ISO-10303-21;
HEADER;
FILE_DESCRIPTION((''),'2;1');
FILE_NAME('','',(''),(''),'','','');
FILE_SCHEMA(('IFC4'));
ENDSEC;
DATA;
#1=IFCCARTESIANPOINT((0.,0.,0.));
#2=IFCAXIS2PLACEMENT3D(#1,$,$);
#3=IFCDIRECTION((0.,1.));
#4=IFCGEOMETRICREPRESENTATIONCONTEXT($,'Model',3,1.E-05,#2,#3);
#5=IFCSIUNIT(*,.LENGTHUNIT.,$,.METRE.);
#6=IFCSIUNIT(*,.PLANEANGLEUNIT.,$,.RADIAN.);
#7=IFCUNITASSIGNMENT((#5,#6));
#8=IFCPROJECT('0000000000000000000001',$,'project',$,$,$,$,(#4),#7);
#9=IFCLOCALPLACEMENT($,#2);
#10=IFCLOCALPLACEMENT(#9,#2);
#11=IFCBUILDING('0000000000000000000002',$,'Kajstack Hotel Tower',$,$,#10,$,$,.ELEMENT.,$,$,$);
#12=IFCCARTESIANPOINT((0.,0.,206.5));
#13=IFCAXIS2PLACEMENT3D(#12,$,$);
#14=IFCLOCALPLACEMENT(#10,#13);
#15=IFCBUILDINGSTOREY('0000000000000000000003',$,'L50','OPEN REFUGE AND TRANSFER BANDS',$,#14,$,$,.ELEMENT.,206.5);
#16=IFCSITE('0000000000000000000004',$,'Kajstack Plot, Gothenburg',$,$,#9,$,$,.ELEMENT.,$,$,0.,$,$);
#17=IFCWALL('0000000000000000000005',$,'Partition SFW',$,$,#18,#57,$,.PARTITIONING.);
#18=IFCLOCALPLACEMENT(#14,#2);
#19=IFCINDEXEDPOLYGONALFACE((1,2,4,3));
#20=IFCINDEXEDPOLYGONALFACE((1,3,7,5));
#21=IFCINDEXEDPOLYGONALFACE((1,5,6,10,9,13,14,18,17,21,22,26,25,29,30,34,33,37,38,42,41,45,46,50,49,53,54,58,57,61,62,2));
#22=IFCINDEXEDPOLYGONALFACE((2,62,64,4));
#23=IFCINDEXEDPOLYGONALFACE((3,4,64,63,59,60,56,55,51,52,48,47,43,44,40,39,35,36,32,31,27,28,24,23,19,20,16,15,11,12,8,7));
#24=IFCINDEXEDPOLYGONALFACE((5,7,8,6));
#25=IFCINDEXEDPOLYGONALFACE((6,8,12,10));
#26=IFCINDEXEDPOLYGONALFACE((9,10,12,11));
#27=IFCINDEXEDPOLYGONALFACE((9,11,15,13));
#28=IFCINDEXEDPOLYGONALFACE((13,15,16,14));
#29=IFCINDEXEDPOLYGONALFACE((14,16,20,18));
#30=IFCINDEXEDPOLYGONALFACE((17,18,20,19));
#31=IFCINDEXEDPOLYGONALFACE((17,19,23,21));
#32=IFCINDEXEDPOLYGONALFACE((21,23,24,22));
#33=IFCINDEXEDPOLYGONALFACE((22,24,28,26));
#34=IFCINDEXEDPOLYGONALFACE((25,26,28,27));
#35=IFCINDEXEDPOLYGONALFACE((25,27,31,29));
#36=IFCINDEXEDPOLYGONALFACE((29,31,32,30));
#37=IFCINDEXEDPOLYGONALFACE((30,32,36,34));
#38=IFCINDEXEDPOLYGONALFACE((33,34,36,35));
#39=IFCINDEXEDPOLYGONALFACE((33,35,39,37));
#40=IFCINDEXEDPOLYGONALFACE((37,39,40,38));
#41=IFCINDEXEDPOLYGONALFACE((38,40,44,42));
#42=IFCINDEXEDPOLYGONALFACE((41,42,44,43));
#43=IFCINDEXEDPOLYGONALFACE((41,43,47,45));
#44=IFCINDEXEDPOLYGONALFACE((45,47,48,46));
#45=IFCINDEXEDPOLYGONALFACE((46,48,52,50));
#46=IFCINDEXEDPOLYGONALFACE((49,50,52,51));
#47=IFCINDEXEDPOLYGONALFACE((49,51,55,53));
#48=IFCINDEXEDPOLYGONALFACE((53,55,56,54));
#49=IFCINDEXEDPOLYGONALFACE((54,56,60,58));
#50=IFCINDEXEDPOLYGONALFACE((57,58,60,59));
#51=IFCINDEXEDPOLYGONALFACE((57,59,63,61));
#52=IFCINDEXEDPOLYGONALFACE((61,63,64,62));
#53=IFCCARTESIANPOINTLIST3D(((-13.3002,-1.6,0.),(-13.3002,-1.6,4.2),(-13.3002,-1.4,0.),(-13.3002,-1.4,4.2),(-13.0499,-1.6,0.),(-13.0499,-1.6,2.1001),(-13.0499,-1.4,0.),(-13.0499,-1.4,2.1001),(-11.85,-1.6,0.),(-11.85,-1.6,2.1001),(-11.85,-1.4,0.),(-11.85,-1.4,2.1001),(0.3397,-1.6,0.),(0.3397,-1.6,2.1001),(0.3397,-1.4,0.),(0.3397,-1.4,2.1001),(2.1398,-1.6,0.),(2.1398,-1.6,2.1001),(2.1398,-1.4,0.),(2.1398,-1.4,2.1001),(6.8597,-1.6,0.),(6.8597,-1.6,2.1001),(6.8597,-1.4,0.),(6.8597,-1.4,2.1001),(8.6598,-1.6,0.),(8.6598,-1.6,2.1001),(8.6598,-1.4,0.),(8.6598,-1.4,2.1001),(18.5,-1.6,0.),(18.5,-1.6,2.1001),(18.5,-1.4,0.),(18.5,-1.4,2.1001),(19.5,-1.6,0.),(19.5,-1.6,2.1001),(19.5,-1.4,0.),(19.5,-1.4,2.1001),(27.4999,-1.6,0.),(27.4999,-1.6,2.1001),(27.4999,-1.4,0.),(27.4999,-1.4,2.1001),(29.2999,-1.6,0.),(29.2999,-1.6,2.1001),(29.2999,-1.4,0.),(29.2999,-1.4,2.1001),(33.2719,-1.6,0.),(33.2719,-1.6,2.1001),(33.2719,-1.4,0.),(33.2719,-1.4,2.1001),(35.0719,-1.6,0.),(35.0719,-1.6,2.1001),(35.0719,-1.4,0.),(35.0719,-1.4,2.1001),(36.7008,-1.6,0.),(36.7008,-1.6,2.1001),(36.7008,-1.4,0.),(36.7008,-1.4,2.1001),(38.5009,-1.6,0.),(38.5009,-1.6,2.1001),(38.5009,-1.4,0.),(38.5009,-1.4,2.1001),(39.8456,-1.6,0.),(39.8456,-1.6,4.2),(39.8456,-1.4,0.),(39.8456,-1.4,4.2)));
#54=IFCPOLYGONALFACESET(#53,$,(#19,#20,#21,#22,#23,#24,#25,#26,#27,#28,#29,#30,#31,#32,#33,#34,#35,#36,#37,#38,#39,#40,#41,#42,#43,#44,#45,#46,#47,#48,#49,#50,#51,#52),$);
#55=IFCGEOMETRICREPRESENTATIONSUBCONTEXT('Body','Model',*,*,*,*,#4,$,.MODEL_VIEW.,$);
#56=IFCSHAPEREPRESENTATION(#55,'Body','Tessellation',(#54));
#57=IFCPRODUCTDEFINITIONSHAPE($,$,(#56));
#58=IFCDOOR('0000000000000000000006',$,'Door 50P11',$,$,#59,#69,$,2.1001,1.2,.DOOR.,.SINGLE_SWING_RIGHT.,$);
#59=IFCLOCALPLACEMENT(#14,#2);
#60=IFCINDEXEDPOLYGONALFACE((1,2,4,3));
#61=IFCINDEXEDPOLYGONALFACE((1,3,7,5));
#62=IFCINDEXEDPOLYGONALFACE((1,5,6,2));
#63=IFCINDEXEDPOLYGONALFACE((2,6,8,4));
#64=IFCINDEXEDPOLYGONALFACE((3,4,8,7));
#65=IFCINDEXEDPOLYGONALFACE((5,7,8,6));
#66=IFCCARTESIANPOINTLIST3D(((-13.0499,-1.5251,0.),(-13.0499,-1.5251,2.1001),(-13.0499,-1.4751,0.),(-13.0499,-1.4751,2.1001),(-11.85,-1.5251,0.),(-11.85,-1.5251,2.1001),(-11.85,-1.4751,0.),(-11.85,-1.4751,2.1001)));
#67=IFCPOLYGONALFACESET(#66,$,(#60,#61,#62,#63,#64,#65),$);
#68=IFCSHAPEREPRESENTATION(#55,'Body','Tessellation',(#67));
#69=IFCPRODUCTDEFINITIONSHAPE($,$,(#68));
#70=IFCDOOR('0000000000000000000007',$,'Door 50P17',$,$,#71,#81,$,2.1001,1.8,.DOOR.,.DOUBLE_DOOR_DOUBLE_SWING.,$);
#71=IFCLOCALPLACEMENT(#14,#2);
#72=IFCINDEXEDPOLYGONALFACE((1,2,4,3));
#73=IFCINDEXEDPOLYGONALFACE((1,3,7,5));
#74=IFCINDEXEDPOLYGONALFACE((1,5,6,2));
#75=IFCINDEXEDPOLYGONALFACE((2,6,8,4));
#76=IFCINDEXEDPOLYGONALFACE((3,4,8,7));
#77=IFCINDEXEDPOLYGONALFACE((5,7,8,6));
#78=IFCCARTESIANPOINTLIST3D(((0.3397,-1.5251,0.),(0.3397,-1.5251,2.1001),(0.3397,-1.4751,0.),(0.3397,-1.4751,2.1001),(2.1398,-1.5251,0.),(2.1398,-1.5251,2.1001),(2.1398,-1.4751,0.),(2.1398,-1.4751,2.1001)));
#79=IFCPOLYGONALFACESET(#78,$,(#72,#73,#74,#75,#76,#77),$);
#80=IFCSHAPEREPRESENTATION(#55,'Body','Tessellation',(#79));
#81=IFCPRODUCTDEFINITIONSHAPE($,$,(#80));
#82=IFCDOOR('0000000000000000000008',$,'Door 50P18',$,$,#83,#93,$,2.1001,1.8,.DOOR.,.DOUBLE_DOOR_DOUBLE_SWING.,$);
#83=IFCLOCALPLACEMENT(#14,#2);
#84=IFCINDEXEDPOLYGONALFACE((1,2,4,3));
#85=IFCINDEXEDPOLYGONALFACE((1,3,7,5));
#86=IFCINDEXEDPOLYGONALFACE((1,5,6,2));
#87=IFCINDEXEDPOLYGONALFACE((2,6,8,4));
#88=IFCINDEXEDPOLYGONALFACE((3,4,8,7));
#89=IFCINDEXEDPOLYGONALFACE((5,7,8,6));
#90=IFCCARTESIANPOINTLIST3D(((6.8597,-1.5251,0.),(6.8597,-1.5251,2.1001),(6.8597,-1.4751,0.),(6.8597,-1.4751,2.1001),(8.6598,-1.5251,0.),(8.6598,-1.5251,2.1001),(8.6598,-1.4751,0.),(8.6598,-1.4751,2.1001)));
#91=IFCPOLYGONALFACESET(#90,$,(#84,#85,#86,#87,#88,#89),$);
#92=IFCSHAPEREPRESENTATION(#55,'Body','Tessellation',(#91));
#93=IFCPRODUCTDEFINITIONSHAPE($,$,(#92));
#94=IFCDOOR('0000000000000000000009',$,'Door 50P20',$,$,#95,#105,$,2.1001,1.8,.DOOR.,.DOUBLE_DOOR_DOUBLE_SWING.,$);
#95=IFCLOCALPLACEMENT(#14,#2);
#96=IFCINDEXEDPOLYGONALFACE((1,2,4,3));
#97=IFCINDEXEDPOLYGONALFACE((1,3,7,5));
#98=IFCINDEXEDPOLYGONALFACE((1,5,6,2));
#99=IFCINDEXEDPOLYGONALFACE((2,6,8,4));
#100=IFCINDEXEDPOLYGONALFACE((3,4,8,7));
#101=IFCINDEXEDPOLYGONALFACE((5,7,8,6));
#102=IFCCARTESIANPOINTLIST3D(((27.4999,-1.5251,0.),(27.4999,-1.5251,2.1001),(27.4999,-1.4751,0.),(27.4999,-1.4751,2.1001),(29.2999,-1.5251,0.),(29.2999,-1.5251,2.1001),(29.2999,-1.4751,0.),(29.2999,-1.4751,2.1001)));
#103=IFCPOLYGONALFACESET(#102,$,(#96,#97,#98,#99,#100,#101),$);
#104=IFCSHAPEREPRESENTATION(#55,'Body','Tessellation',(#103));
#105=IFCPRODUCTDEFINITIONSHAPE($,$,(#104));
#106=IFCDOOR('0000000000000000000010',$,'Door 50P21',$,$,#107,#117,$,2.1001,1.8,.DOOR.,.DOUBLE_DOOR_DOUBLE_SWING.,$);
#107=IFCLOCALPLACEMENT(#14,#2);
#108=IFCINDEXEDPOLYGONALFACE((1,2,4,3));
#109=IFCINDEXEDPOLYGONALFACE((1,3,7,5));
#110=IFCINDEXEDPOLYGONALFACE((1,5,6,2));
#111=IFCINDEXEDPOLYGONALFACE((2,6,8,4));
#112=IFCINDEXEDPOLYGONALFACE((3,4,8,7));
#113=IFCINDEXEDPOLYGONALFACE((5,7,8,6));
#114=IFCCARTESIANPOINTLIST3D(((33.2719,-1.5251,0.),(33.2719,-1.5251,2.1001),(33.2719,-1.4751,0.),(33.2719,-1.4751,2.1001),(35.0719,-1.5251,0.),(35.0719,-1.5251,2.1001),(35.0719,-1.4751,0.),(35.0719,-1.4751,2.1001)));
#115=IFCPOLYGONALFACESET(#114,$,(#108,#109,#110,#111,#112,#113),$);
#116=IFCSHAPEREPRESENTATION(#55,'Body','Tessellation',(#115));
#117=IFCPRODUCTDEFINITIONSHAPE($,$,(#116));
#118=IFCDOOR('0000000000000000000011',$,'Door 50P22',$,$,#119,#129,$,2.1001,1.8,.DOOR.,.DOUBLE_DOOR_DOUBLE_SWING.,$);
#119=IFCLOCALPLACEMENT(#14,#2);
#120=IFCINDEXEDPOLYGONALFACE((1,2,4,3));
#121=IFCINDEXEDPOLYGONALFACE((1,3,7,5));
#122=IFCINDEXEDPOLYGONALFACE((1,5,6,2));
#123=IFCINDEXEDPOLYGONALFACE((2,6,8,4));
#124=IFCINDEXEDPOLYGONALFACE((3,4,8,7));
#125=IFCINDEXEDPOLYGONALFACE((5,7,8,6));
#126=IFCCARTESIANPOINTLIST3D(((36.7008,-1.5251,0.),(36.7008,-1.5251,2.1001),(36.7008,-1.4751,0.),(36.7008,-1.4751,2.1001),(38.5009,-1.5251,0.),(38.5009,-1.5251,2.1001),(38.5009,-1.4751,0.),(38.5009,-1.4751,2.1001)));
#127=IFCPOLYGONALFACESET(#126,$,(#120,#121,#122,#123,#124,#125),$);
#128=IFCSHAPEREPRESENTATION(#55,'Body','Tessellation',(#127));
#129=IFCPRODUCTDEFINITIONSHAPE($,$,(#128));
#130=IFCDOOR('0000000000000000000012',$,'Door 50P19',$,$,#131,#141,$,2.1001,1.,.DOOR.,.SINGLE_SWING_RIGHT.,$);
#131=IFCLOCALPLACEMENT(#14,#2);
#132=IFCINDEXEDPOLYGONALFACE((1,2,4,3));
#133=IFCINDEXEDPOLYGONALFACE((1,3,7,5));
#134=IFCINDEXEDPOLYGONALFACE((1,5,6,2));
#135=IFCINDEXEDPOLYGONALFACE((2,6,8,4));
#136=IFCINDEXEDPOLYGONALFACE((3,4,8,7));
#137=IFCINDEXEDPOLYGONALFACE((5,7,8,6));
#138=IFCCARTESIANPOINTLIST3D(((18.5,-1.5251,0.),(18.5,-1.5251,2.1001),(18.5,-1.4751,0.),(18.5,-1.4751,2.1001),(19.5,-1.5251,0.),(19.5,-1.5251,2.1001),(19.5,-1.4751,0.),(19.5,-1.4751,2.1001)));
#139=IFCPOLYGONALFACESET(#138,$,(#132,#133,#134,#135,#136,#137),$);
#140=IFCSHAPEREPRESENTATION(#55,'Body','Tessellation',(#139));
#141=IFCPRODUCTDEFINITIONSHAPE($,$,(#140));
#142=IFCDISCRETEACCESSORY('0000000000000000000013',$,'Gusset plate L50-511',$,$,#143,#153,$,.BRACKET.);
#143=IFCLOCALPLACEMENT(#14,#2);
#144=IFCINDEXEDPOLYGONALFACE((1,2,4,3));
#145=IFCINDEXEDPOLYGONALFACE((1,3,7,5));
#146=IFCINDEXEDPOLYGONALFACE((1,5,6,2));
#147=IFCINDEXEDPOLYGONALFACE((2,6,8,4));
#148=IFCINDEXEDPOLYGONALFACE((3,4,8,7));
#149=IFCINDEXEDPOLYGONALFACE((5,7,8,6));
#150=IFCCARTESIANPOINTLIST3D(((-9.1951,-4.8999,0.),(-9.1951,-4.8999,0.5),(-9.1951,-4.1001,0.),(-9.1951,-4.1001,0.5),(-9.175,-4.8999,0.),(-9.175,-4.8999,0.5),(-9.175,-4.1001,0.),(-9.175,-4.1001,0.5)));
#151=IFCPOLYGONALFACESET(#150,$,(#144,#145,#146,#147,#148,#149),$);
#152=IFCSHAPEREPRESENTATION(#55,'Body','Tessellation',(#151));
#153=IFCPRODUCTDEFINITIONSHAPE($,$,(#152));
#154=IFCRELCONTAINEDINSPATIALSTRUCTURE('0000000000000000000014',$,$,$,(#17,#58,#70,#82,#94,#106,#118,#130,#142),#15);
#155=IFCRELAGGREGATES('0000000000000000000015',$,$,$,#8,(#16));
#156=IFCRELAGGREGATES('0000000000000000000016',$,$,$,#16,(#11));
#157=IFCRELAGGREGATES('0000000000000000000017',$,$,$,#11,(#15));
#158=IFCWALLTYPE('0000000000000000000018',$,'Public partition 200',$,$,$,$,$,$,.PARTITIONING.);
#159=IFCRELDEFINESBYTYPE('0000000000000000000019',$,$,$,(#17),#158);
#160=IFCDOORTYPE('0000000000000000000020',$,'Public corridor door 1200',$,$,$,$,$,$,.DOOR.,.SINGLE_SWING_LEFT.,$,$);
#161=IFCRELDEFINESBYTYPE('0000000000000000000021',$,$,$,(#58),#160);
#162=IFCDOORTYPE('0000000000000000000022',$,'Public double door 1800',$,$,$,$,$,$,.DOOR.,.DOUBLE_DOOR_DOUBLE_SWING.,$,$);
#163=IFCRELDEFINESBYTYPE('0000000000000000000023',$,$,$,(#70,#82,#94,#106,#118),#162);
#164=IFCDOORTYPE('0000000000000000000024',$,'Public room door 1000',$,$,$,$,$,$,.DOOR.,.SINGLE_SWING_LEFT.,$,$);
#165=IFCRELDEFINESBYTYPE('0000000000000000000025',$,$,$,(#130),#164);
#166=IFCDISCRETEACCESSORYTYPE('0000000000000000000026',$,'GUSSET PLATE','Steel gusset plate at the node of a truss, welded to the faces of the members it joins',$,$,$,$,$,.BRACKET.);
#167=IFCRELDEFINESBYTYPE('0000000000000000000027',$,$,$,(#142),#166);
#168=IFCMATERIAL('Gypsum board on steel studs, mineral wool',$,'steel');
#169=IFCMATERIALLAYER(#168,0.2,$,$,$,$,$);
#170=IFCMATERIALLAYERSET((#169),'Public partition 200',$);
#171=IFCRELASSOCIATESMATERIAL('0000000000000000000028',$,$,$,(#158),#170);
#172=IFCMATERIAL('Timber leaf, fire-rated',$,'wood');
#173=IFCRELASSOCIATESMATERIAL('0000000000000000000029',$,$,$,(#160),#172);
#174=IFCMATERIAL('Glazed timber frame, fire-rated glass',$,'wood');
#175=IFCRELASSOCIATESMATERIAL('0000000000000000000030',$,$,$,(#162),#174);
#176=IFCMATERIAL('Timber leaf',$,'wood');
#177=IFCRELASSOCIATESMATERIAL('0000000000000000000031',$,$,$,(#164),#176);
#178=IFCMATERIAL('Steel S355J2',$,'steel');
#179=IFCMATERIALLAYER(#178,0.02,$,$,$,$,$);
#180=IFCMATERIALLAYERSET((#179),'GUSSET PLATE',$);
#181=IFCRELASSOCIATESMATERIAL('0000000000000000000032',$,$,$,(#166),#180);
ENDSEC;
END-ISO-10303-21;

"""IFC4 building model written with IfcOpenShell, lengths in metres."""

from ifc_helpers import new_model, si_unit, direction, frame, frame_2d, origin, place, context, subcontext, project, spatial, polyline, rectangle, outline, extrude, material, layer, layer_set, type_object, element, fill, save


model = new_model("IFC4")

# Units and contexts
model_context = context("Model", 3, precision=1e-05, world=origin(), true_north=direction((0.0, 1.0)))
body_context = subcontext(model_context, "Body", "Model", "MODEL_VIEW")
ifc_project = project(units=[si_unit("LENGTHUNIT", "METRE"), si_unit("PLANEANGLEUNIT", "RADIAN")], contexts=[model_context])

# Site, building, storey
site_placement = place(None, origin())
site = spatial("IfcSite", under=ifc_project, at=site_placement, Name="Kajstack Plot, Gothenburg", CompositionType="ELEMENT", RefElevation=0.0)
building_placement = place(site_placement, origin())
building = spatial("IfcBuilding", under=site, at=building_placement, Name="Kajstack Hotel Tower", CompositionType="ELEMENT")
storey_placement = place(building_placement, frame((0.0, 0.0, 206.5)))
storey = spatial("IfcBuildingStorey", under=building, at=storey_placement, Name="L50", Description="OPEN REFUGE AND TRANSFER BANDS", CompositionType="ELEMENT", Elevation=206.5)

# Shared definitions
ifc_material_1 = material(Name="Steel S355J2", Category="steel")

# Shared definitions
ifc_material_2 = material(Name="Gypsum board on steel studs, mineral wool", Category="steel")
ifc_layer_1 = layer(ifc_material_2, 0.2)
ifc_layer_set_1 = layer_set([ifc_layer_1], Name="Public partition 200")
wall_type = type_object("IfcWallType", Name="Public partition 200", PredefinedType="PARTITIONING", material=ifc_layer_set_1)

# Wall, openings, doors
wall_1_placement = place(storey_placement, frame((-13.3, -1.5, 0.0), z_axis=(0.0, 0.0, 1.0), x_axis=(1.0, 0.0, 0.0)))
wall_1 = element("IfcWall", 1, at=wall_1_placement, inside=storey, type_object=wall_type, Name="Partition SFW", PredefinedType="PARTITIONING", context=body_context, shape_type="SweptSolid", body=[
    extrude(rectangle(XDim=53.1458, YDim=0.2, at=frame_2d((26.5728, 0.0))), origin(), (0.0, 0.0, 1.0), 4.2),
])
opening_1_placement = place(wall_1_placement, frame((0.25, 0.0, 0.0)))
opening_1 = element("IfcOpeningElement", 2, at=opening_1_placement, cuts=wall_1, PredefinedType="OPENING", context=body_context, shape_type="SweptSolid", body=[
    extrude(rectangle(XDim=1.2, YDim=2.1001, at=frame_2d((0.6001, 1.05))), frame((0.0, 0.1099, 0.0), z_axis=(0.0, -1.0, 0.0), x_axis=(1.0, 0.0, 0.0)), (0.0, 0.0, 1.0), 0.22),
])
opening_2_placement = place(wall_1_placement, frame((13.6399, 0.0, 0.0)))
opening_2 = element("IfcOpeningElement", 3, at=opening_2_placement, cuts=wall_1, PredefinedType="OPENING", context=body_context, shape_type="SweptSolid", body=[
    extrude(rectangle(XDim=1.8, YDim=2.1001, at=frame_2d((0.8999, 1.05))), frame((0.0, 0.1099, 0.0), z_axis=(0.0, -1.0, 0.0), x_axis=(1.0, 0.0, 0.0)), (0.0, 0.0, 1.0), 0.22),
])
opening_3_placement = place(wall_1_placement, frame((20.1599, 0.0, 0.0)))
opening_3 = element("IfcOpeningElement", 4, at=opening_3_placement, cuts=wall_1, PredefinedType="OPENING", context=body_context, shape_type="SweptSolid", body=[
    extrude(rectangle(XDim=1.8, YDim=2.1001, at=frame_2d((0.8999, 1.05))), frame((0.0, 0.1099, 0.0), z_axis=(0.0, -1.0, 0.0), x_axis=(1.0, 0.0, 0.0)), (0.0, 0.0, 1.0), 0.22),
])
opening_4_placement = place(wall_1_placement, frame((31.8, 0.0, 0.0)))
opening_4 = element("IfcOpeningElement", 5, at=opening_4_placement, cuts=wall_1, PredefinedType="OPENING", context=body_context, shape_type="SweptSolid", body=[
    extrude(rectangle(XDim=1.0, YDim=2.1001, at=frame_2d((0.5, 1.05))), frame((0.0, 0.1099, 0.0), z_axis=(0.0, -1.0, 0.0), x_axis=(1.0, 0.0, 0.0)), (0.0, 0.0, 1.0), 0.22),
])
opening_5_placement = place(wall_1_placement, frame((40.8, 0.0, 0.0)))
opening_5 = element("IfcOpeningElement", 6, at=opening_5_placement, cuts=wall_1, PredefinedType="OPENING", context=body_context, shape_type="SweptSolid", body=[
    extrude(rectangle(XDim=1.8, YDim=2.1001, at=frame_2d((0.8999, 1.05))), frame((0.0, 0.1099, 0.0), z_axis=(0.0, -1.0, 0.0), x_axis=(1.0, 0.0, 0.0)), (0.0, 0.0, 1.0), 0.22),
])
opening_6_placement = place(wall_1_placement, frame((46.572, 0.0, 0.0)))
opening_6 = element("IfcOpeningElement", 7, at=opening_6_placement, cuts=wall_1, PredefinedType="OPENING", context=body_context, shape_type="SweptSolid", body=[
    extrude(rectangle(XDim=1.8, YDim=2.1001, at=frame_2d((0.8999, 1.05))), frame((0.0, 0.1099, 0.0), z_axis=(0.0, -1.0, 0.0), x_axis=(1.0, 0.0, 0.0)), (0.0, 0.0, 1.0), 0.22),
])
opening_7_placement = place(wall_1_placement, frame((50.001, 0.0, 0.0)))
opening_7 = element("IfcOpeningElement", 8, at=opening_7_placement, cuts=wall_1, PredefinedType="OPENING", context=body_context, shape_type="SweptSolid", body=[
    extrude(rectangle(XDim=1.8, YDim=2.1001, at=frame_2d((0.8999, 1.05))), frame((0.0, 0.1099, 0.0), z_axis=(0.0, -1.0, 0.0), x_axis=(1.0, 0.0, 0.0)), (0.0, 0.0, 1.0), 0.22),
])
ifc_material_3 = material(Name="Timber leaf, fire-rated", Category="wood")
door_type_1 = type_object("IfcDoorType", Name="Public corridor door 1200", OperationType="SINGLE_SWING_LEFT", PredefinedType="DOOR", material=ifc_material_3)
door_1_placement = place(opening_1_placement, origin())
door_1 = element("IfcDoor", 9, at=door_1_placement, inside=storey, type_object=door_type_1, Name="Door 50P11", OperationType="SINGLE_SWING_RIGHT", OverallHeight=2.1001, OverallWidth=1.2, PredefinedType="DOOR", context=body_context, shape_type="SweptSolid", body=[
    extrude(rectangle(XDim=1.2, YDim=2.1001, at=frame_2d((0.6001, 1.05))), frame((0.0, 0.0249, 0.0), z_axis=(0.0, -1.0, 0.0), x_axis=(1.0, 0.0, 0.0)), (0.0, 0.0, 1.0), 0.05),
])
fill(opening_1, door_1)
ifc_material_4 = material(Name="Glazed timber frame, fire-rated glass", Category="wood")
door_type_2 = type_object("IfcDoorType", Name="Public double door 1800", OperationType="DOUBLE_DOOR_DOUBLE_SWING", PredefinedType="DOOR", material=ifc_material_4)
door_2_placement = place(opening_2_placement, origin())
door_2 = element("IfcDoor", 10, at=door_2_placement, inside=storey, type_object=door_type_2, Name="Door 50P17", OperationType="DOUBLE_DOOR_DOUBLE_SWING", OverallHeight=2.1001, OverallWidth=1.8, PredefinedType="DOOR", context=body_context, shape_type="SweptSolid", body=[
    extrude(rectangle(XDim=1.8, YDim=2.1001, at=frame_2d((0.8999, 1.05))), frame((0.0, 0.0249, 0.0), z_axis=(0.0, -1.0, 0.0), x_axis=(1.0, 0.0, 0.0)), (0.0, 0.0, 1.0), 0.05),
])
fill(opening_2, door_2)
door_3_placement = place(opening_3_placement, origin())
door_3 = element("IfcDoor", 11, at=door_3_placement, inside=storey, type_object=door_type_2, Name="Door 50P18", OperationType="DOUBLE_DOOR_DOUBLE_SWING", OverallHeight=2.1001, OverallWidth=1.8, PredefinedType="DOOR", context=body_context, shape_type="SweptSolid", body=[
    extrude(rectangle(XDim=1.8, YDim=2.1001, at=frame_2d((0.8999, 1.05))), frame((0.0, 0.0249, 0.0), z_axis=(0.0, -1.0, 0.0), x_axis=(1.0, 0.0, 0.0)), (0.0, 0.0, 1.0), 0.05),
])
fill(opening_3, door_3)
door_4_placement = place(opening_5_placement, origin())
door_4 = element("IfcDoor", 12, at=door_4_placement, inside=storey, type_object=door_type_2, Name="Door 50P20", OperationType="DOUBLE_DOOR_DOUBLE_SWING", OverallHeight=2.1001, OverallWidth=1.8, PredefinedType="DOOR", context=body_context, shape_type="SweptSolid", body=[
    extrude(rectangle(XDim=1.8, YDim=2.1001, at=frame_2d((0.8999, 1.05))), frame((0.0, 0.0249, 0.0), z_axis=(0.0, -1.0, 0.0), x_axis=(1.0, 0.0, 0.0)), (0.0, 0.0, 1.0), 0.05),
])
fill(opening_5, door_4)
door_5_placement = place(opening_6_placement, origin())
door_5 = element("IfcDoor", 13, at=door_5_placement, inside=storey, type_object=door_type_2, Name="Door 50P21", OperationType="DOUBLE_DOOR_DOUBLE_SWING", OverallHeight=2.1001, OverallWidth=1.8, PredefinedType="DOOR", context=body_context, shape_type="SweptSolid", body=[
    extrude(rectangle(XDim=1.8, YDim=2.1001, at=frame_2d((0.8999, 1.05))), frame((0.0, 0.0249, 0.0), z_axis=(0.0, -1.0, 0.0), x_axis=(1.0, 0.0, 0.0)), (0.0, 0.0, 1.0), 0.05),
])
fill(opening_6, door_5)
door_6_placement = place(opening_7_placement, origin())
door_6 = element("IfcDoor", 14, at=door_6_placement, inside=storey, type_object=door_type_2, Name="Door 50P22", OperationType="DOUBLE_DOOR_DOUBLE_SWING", OverallHeight=2.1001, OverallWidth=1.8, PredefinedType="DOOR", context=body_context, shape_type="SweptSolid", body=[
    extrude(rectangle(XDim=1.8, YDim=2.1001, at=frame_2d((0.8999, 1.05))), frame((0.0, 0.0249, 0.0), z_axis=(0.0, -1.0, 0.0), x_axis=(1.0, 0.0, 0.0)), (0.0, 0.0, 1.0), 0.05),
])
fill(opening_7, door_6)
ifc_material_5 = material(Name="Timber leaf", Category="wood")
door_type_3 = type_object("IfcDoorType", Name="Public room door 1000", OperationType="SINGLE_SWING_LEFT", PredefinedType="DOOR", material=ifc_material_5)
door_7_placement = place(opening_4_placement, origin())
door_7 = element("IfcDoor", 15, at=door_7_placement, inside=storey, type_object=door_type_3, Name="Door 50P19", OperationType="SINGLE_SWING_RIGHT", OverallHeight=2.1001, OverallWidth=1.0, PredefinedType="DOOR", context=body_context, shape_type="SweptSolid", body=[
    extrude(rectangle(XDim=1.0, YDim=2.1001, at=frame_2d((0.5, 1.05))), frame((0.0, 0.0249, 0.0), z_axis=(0.0, -1.0, 0.0), x_axis=(1.0, 0.0, 0.0)), (0.0, 0.0, 1.0), 0.05),
])
fill(opening_4, door_7)

# Discrete accessory
ifc_layer_2 = layer(ifc_material_1, 0.02)
ifc_layer_set_2 = layer_set([ifc_layer_2], Name="GUSSET PLATE")
discrete_accessory_type = type_object("IfcDiscreteAccessoryType", Name="GUSSET PLATE", Description="Steel gusset plate at the node of a truss, welded to the faces of the members it joins", PredefinedType="BRACKET", material=ifc_layer_set_2)
for number, where, z_axis, x_axis, name in (
    (16, (-9.1951, -4.5, 0.0), (1.0, 0.0, 0.0), (0.0, 1.0, 0.0), "Gusset plate L50-511"),
):
    element("IfcDiscreteAccessory", number, at=place(storey_placement, frame(where, z_axis=z_axis, x_axis=x_axis)), inside=storey, type_object=discrete_accessory_type, Name=name, PredefinedType="BRACKET", context=body_context, shape_type="SweptSolid", body=[
        extrude(outline(polyline([(-0.3999, 0.0), (0.3999, 0.0), (0.3999, 0.5), (-0.3999, 0.5), (-0.3999, 0.0)])), origin(), (0.0, 0.0, 1.0), 0.02),
    ])

save(model, "model.ifc")
